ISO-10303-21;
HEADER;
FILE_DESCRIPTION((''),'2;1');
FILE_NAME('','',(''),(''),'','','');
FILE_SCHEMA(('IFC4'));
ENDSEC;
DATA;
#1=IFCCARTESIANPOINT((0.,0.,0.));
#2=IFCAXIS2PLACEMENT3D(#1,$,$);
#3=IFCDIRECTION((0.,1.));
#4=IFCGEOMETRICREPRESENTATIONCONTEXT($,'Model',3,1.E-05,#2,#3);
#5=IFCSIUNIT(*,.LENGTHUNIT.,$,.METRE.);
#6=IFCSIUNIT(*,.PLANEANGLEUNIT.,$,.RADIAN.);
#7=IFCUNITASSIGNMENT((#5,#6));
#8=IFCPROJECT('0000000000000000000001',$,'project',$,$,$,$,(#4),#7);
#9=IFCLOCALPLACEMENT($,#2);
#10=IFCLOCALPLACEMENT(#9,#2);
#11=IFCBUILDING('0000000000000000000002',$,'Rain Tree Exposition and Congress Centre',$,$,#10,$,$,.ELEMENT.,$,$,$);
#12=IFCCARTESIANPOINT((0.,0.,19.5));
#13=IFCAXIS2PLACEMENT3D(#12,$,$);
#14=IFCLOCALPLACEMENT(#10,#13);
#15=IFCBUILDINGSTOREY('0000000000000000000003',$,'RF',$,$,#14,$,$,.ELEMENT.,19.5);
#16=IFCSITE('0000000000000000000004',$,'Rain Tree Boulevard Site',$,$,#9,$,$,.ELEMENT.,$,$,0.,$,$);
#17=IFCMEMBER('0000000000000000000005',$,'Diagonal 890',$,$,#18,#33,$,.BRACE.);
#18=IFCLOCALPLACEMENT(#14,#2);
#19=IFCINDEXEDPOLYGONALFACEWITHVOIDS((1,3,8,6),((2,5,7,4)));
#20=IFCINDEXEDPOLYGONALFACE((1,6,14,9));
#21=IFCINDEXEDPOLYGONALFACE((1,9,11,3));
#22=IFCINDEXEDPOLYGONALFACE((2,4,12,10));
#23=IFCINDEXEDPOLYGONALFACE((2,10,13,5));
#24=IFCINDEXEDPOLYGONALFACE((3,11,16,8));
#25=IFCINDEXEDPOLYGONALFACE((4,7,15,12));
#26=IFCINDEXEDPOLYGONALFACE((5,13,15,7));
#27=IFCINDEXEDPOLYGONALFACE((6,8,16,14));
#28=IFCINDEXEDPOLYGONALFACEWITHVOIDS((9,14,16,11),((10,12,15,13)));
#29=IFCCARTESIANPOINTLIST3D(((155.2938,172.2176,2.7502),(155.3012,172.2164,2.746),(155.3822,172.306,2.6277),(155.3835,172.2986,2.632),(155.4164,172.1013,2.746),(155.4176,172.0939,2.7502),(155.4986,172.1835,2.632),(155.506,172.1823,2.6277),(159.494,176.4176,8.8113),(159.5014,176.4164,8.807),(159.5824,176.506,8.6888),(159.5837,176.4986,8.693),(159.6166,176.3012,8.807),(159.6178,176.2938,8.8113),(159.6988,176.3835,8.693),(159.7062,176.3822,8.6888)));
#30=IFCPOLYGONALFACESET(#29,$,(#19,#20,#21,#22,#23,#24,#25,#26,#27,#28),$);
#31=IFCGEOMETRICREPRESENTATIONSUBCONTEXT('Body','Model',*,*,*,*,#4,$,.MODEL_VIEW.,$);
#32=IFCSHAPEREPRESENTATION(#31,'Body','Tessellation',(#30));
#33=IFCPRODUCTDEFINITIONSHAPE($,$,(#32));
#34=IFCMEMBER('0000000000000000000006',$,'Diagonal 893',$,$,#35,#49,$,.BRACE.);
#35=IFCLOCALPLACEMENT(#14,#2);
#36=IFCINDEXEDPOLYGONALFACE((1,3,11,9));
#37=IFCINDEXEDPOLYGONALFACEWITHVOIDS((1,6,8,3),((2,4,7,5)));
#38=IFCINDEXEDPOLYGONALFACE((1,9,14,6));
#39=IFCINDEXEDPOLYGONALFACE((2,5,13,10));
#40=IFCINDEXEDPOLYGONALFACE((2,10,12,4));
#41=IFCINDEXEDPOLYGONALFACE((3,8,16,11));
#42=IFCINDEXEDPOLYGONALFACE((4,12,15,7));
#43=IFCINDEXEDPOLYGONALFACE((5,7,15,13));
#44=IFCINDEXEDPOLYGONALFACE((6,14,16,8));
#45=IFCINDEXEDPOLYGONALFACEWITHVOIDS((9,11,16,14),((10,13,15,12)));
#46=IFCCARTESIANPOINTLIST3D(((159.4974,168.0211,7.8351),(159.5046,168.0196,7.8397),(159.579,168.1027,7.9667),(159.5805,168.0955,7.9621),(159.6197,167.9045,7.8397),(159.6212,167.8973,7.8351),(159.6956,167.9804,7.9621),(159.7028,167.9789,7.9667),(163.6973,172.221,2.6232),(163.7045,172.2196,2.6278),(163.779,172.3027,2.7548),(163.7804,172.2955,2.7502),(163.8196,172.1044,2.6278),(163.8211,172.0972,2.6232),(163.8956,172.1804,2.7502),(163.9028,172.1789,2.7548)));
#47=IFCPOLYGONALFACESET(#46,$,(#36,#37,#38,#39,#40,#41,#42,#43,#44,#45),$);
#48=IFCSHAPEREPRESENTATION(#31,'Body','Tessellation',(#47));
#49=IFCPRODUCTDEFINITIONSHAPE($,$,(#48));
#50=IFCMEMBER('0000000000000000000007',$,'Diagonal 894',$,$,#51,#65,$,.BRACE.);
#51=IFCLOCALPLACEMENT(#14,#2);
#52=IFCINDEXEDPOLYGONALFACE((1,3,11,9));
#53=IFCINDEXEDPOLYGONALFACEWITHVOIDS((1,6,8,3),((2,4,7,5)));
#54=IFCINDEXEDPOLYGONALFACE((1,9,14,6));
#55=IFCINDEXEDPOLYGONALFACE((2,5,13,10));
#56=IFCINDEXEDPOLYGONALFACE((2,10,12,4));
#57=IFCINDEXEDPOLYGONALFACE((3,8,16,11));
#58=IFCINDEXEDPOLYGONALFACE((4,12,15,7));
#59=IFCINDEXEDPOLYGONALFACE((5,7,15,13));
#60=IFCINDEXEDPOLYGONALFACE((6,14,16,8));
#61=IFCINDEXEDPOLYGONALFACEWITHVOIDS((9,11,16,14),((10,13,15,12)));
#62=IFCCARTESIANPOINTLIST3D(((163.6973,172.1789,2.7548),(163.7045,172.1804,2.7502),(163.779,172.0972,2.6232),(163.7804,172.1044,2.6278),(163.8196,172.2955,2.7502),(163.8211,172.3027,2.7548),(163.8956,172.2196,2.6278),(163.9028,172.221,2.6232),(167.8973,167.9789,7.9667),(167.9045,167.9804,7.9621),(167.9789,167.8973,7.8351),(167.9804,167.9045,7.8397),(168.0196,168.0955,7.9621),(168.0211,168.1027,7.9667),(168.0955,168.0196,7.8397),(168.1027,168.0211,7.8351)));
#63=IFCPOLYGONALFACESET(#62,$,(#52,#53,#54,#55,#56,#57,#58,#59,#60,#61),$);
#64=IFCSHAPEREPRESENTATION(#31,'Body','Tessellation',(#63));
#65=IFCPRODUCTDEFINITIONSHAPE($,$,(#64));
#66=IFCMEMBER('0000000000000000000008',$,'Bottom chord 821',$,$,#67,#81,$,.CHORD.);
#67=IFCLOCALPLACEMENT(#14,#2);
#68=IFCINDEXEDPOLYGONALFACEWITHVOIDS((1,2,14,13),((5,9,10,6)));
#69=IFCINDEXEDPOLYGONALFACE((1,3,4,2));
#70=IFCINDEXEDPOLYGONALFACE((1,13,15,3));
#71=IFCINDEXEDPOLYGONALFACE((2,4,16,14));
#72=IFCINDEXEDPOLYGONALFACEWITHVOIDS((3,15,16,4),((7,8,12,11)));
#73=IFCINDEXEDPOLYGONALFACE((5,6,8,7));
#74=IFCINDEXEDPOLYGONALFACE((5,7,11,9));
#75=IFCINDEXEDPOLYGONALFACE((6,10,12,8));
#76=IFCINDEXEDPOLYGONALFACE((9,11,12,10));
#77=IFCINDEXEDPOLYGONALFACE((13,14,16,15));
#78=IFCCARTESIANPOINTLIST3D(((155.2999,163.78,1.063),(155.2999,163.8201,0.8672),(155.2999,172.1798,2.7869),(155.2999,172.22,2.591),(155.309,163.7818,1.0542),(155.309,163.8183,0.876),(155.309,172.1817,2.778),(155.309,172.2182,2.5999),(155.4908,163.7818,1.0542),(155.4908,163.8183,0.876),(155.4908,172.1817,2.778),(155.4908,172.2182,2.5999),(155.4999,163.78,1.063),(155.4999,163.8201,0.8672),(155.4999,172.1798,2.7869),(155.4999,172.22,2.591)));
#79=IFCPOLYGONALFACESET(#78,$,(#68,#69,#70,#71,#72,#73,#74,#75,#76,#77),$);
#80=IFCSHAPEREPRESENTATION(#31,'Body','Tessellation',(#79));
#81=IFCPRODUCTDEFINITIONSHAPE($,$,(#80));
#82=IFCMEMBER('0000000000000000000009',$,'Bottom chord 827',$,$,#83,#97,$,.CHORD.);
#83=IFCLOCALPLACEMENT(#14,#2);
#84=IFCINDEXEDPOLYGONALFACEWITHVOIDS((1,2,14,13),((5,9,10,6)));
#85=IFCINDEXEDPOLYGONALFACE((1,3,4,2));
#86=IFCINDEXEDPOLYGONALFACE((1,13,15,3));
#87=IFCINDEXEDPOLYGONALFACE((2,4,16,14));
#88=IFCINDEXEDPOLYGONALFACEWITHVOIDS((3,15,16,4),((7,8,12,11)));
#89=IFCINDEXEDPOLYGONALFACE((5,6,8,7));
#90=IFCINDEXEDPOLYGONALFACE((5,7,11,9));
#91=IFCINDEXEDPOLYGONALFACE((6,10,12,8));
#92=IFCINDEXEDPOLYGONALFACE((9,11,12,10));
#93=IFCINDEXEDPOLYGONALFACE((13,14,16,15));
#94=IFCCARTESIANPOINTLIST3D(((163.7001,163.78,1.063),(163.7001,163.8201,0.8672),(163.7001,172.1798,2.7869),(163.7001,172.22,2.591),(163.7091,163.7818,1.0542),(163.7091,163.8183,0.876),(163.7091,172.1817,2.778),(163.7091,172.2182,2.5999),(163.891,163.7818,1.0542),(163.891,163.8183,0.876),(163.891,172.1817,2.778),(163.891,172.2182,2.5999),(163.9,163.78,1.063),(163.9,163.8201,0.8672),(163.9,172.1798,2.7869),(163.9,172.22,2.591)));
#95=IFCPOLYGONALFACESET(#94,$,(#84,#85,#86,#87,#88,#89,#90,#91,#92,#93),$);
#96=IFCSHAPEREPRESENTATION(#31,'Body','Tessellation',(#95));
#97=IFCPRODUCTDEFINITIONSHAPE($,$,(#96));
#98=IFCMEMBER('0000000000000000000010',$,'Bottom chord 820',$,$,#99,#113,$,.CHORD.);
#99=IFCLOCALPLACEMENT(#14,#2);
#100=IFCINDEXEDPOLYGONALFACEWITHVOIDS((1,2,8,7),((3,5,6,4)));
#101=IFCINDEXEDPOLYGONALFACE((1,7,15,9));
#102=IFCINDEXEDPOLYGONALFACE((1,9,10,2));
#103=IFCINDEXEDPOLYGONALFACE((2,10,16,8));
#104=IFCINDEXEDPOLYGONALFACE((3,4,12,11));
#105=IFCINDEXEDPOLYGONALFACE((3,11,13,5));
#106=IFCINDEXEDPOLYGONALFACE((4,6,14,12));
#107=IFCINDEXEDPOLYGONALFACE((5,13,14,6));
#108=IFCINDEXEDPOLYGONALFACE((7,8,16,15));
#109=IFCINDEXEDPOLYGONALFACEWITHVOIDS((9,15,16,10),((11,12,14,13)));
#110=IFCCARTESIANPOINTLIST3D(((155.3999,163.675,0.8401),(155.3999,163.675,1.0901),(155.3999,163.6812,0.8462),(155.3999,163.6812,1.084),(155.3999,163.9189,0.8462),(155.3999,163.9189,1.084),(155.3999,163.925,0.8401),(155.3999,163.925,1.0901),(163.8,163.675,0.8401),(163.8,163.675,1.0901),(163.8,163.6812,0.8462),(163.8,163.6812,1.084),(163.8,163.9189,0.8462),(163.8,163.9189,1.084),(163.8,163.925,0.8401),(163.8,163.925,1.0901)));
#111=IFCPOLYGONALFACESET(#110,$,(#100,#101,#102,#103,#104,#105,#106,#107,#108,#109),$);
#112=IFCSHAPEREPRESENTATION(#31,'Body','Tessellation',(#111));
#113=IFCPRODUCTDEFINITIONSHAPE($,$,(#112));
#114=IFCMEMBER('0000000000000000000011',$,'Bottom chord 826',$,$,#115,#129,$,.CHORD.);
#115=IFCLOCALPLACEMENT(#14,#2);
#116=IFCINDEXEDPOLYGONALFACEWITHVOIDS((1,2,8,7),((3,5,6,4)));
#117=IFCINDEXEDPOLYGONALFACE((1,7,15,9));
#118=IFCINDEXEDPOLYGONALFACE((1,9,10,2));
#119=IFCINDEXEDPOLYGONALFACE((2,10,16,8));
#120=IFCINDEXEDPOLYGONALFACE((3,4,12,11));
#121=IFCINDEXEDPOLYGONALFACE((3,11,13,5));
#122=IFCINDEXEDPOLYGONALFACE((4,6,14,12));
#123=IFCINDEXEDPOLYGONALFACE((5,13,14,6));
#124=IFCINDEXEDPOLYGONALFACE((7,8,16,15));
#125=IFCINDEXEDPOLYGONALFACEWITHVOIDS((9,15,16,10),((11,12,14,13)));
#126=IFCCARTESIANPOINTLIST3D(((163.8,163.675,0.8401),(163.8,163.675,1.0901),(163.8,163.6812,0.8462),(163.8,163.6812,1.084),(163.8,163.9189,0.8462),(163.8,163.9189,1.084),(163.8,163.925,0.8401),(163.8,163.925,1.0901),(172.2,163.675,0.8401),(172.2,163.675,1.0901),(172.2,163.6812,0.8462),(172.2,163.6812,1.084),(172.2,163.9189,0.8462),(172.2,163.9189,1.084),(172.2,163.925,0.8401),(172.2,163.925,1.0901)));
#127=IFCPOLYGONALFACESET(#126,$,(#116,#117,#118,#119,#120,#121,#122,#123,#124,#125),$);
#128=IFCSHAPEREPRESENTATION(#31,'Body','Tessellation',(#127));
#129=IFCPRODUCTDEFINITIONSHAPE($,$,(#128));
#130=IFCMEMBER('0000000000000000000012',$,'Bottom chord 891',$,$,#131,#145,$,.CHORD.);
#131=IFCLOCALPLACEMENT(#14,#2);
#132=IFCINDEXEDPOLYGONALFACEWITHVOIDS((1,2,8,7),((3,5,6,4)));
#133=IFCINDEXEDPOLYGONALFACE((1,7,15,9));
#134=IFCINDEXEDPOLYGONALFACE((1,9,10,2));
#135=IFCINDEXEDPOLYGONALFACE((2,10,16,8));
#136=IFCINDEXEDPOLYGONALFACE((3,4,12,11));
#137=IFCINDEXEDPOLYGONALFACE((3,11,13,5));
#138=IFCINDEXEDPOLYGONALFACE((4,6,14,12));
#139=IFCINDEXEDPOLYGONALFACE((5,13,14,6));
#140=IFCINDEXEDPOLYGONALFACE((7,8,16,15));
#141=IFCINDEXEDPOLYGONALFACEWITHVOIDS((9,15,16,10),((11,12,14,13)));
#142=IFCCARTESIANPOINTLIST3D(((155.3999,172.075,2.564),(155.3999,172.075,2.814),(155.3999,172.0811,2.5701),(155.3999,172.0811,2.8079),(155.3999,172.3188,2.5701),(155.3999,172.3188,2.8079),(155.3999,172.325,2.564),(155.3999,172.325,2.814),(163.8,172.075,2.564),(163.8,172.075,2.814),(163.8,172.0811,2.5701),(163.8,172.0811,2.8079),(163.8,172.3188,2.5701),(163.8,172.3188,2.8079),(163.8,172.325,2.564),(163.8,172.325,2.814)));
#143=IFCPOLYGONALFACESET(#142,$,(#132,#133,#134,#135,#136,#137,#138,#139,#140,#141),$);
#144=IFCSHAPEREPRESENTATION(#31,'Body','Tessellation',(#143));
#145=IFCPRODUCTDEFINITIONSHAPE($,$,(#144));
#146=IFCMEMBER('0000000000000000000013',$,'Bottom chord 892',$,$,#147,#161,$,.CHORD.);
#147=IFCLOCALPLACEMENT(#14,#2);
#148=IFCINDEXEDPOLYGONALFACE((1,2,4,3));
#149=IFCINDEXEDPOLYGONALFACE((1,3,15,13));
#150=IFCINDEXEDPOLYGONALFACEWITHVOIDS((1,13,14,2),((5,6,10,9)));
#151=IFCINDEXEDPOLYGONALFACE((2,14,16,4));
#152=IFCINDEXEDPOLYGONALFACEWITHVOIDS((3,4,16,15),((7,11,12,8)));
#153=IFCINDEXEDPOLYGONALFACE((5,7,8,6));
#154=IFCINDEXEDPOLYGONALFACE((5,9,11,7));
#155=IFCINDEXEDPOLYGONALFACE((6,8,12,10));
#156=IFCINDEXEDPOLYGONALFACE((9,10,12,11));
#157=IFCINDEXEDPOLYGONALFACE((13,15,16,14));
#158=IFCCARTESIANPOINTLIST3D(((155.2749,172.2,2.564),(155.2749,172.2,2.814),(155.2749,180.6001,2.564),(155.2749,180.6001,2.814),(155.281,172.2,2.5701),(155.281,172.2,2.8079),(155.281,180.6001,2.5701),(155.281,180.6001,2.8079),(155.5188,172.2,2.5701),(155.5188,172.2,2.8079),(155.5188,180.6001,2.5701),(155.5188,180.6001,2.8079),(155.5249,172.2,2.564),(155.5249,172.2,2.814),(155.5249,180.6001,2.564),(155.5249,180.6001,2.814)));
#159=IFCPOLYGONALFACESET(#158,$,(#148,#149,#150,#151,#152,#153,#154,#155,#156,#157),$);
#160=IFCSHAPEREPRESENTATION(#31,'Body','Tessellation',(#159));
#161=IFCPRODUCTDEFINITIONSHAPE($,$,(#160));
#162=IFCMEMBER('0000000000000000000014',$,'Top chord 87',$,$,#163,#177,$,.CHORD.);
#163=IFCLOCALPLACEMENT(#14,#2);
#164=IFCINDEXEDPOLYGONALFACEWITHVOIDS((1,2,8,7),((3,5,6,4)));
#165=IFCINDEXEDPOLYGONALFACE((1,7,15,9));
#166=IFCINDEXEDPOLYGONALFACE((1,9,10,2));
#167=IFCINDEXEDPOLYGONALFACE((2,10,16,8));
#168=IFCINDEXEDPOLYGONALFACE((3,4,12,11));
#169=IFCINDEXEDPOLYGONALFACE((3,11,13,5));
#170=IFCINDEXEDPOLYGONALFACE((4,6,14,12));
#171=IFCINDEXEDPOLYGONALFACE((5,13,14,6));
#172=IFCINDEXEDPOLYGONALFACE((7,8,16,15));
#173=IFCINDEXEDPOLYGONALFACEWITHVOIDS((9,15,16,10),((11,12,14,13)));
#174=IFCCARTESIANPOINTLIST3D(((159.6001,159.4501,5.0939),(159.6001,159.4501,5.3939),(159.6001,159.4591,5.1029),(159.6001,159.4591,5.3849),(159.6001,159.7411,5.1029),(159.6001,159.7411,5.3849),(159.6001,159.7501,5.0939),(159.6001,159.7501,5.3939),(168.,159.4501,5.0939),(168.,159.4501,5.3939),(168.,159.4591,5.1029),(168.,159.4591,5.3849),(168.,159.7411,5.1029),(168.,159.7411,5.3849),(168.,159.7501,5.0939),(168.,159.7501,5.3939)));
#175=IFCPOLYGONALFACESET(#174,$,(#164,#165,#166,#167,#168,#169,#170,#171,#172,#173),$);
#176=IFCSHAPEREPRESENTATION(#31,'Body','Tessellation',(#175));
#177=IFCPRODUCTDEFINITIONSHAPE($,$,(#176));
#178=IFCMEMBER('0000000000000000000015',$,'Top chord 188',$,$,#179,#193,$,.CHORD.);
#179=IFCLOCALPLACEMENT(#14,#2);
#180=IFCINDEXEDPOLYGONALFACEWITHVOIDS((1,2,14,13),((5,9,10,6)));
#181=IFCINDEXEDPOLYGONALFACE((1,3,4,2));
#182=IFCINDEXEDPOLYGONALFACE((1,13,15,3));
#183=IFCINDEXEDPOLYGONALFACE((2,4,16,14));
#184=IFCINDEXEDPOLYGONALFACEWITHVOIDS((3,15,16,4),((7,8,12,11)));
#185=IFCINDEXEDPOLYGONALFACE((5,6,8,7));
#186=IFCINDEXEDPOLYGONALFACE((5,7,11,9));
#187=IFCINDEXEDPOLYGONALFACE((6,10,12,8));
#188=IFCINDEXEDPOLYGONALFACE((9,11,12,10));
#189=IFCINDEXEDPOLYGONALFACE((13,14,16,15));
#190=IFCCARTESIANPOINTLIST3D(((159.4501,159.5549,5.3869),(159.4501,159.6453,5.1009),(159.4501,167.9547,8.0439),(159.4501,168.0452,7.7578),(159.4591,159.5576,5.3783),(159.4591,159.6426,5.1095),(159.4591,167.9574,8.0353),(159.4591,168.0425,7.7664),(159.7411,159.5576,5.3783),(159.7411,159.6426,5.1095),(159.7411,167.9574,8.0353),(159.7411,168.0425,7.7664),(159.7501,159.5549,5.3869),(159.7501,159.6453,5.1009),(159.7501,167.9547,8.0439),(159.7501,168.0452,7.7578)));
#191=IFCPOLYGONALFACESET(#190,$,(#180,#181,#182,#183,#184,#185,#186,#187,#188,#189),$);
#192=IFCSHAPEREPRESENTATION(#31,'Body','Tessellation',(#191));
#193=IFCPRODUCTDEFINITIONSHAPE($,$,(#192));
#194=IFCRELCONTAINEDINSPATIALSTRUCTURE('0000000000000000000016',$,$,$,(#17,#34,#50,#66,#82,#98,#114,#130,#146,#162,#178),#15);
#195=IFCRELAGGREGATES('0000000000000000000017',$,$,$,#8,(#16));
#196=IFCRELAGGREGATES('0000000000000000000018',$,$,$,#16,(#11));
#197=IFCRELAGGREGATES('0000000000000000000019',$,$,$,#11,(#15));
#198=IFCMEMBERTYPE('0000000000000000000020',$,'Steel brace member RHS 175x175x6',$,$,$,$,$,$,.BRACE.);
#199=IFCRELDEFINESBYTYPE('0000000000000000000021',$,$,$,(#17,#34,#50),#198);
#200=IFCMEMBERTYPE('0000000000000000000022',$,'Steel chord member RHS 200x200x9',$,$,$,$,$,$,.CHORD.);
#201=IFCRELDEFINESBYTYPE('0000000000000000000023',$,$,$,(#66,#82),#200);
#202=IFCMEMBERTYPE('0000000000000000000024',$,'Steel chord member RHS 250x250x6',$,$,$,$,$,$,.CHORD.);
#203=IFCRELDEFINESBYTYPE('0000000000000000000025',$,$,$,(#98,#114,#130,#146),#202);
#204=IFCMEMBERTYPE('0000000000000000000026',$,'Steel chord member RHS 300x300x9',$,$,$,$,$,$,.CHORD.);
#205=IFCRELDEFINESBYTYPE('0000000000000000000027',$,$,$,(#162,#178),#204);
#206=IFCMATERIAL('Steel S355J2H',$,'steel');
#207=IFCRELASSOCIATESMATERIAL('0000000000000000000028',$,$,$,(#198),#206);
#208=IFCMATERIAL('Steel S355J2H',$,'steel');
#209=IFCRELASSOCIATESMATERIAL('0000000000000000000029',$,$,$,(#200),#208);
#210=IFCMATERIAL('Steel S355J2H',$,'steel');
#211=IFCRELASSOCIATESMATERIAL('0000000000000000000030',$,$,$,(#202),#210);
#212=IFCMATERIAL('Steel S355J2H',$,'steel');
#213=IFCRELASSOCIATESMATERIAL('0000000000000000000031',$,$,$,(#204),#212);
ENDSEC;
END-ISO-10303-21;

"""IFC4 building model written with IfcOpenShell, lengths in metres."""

from ifc_helpers import new_model, si_unit, direction, frame, origin, origin_2d, place, context, subcontext, project, spatial, hollow_rectangle, extrude, material, material_profile, profile_set, type_object, element, save


model = new_model("IFC4")

# Units and contexts
model_context = context("Model", 3, precision=1e-05, world=origin(), true_north=direction((0.0, 1.0)))
body_context = subcontext(model_context, "Body", "Model", "MODEL_VIEW")
ifc_project = project(units=[si_unit("LENGTHUNIT", "METRE"), si_unit("PLANEANGLEUNIT", "RADIAN")], contexts=[model_context])

# Site, building, storey
site_placement = place(None, origin())
site = spatial("IfcSite", under=ifc_project, at=site_placement, Name="Rain Tree Boulevard Site", CompositionType="ELEMENT", RefElevation=0.0)
building_placement = place(site_placement, origin())
building = spatial("IfcBuilding", under=site, at=building_placement, Name="Rain Tree Exposition and Congress Centre", CompositionType="ELEMENT")
storey_placement = place(building_placement, frame((0.0, 0.0, 19.5)))
storey = spatial("IfcBuildingStorey", under=building, at=storey_placement, Name="RF", CompositionType="ELEMENT", Elevation=19.5)

# Members
ifc_material_1 = material(Name="Steel S355J2H", Category="steel")
ifc_material_profile_1 = material_profile(ifc_material_1, hollow_rectangle(XDim=0.175, YDim=0.175, WallThickness=0.0061, at=origin_2d()), Name="RHS 175x175x6")
ifc_profile_set_1 = profile_set([ifc_material_profile_1], Name="Steel S355J2H")
member_type_1 = type_object("IfcMemberType", Name="Steel brace member RHS 175x175x6", PredefinedType="BRACE", material=ifc_profile_set_1)
member_1_placement = place(storey_placement, frame((155.3999, 172.2, 2.689), z_axis=(0.494938, 0.494909, 0.714214), x_axis=(-0.707086, 0.707127, 0.0)))
element("IfcMember", 1, at=member_1_placement, inside=storey, type_object=member_type_1, Name="Diagonal 890", PredefinedType="BRACE", context=body_context, shape_type="SweptSolid", body=[
    extrude(hollow_rectangle(XDim=0.175, YDim=0.175, WallThickness=0.0061, at=origin_2d()), origin(), (0.0, 0.0, 1.0), 8.4863),
])
for number, where, z_axis, x_axis, name in (
    (2, (163.8, 172.2, 2.689), (-0.531498, -0.531498, 0.65956), (0.707107, -0.707107, 0.0), "Diagonal 893"),
    (3, (163.8, 172.2, 2.689), (0.531498, -0.531498, 0.65956), (0.707107, 0.707107, 0.0), "Diagonal 894"),
):
    element("IfcMember", number, at=place(storey_placement, frame(where, z_axis=z_axis, x_axis=x_axis)), inside=storey, type_object=member_type_1, Name=name, PredefinedType="BRACE", context=body_context, shape_type="SweptSolid", body=[
        extrude(hollow_rectangle(XDim=0.175, YDim=0.175, WallThickness=0.0061, at=origin_2d()), origin(), (0.0, 0.0, 1.0), 7.9021),
    ])
ifc_material_2 = material(Name="Steel S355J2H", Category="steel")
ifc_material_profile_2 = material_profile(ifc_material_2, hollow_rectangle(XDim=0.2, YDim=0.2, WallThickness=0.009, at=origin_2d()), Name="RHS 200x200x9")
ifc_profile_set_2 = profile_set([ifc_material_profile_2], Name="Steel S355J2H")
member_type_2 = type_object("IfcMemberType", Name="Steel chord member RHS 200x200x9", PredefinedType="CHORD", material=ifc_profile_set_2)
for number, where, z_axis, x_axis, name in (
    (4, (155.3999, 163.8, 0.9651), (0.0, 0.979584, 0.201036), (-1.0, 0.0, 0.0), "Bottom chord 821"),
    (5, (163.8, 163.8, 0.9651), (0.0, 0.979584, 0.201036), (-1.0, 0.0, 0.0), "Bottom chord 827"),
):
    element("IfcMember", number, at=place(storey_placement, frame(where, z_axis=z_axis, x_axis=x_axis)), inside=storey, type_object=member_type_2, Name=name, PredefinedType="CHORD", context=body_context, shape_type="SweptSolid", body=[
        extrude(hollow_rectangle(XDim=0.2, YDim=0.2, WallThickness=0.009, at=origin_2d()), origin(), (0.0, 0.0, 1.0), 8.575),
    ])
ifc_material_3 = material(Name="Steel S355J2H", Category="steel")
ifc_material_profile_3 = material_profile(ifc_material_3, hollow_rectangle(XDim=0.25, YDim=0.25, WallThickness=0.0061, at=origin_2d()), Name="RHS 250x250x6")
ifc_profile_set_3 = profile_set([ifc_material_profile_3], Name="Steel S355J2H")
member_type_3 = type_object("IfcMemberType", Name="Steel chord member RHS 250x250x6", PredefinedType="CHORD", material=ifc_profile_set_3)
member_2_placement = place(storey_placement, frame((155.3999, 163.8, 0.9651), z_axis=(1.0, 0.0, 0.0), x_axis=(0.0, 1.0, 0.0)))
element("IfcMember", 6, at=member_2_placement, inside=storey, type_object=member_type_3, Name="Bottom chord 820", PredefinedType="CHORD", context=body_context, shape_type="SweptSolid", body=[
    extrude(hollow_rectangle(XDim=0.25, YDim=0.25, WallThickness=0.0061, at=origin_2d()), origin(), (0.0, 0.0, 1.0), 8.4001),
])
member_3_placement = place(storey_placement, frame((163.8, 163.8, 0.9651), z_axis=(1.0, 0.0, 0.0), x_axis=(0.0, 1.0, 0.0)))
element("IfcMember", 7, at=member_3_placement, inside=storey, type_object=member_type_3, Name="Bottom chord 826", PredefinedType="CHORD", context=body_context, shape_type="SweptSolid", body=[
    extrude(hollow_rectangle(XDim=0.25, YDim=0.25, WallThickness=0.0061, at=origin_2d()), origin(), (0.0, 0.0, 1.0), 8.3999),
])
for number, where, z_axis, x_axis, name in (
    (8, (155.3999, 172.2, 2.689), (1.0, 0.0, 0.0), (0.0, 1.0, 0.0), "Bottom chord 891"),
    (9, (155.3999, 172.2, 2.689), (0.0, 1.0, 0.0), (-1.0, 0.0, 0.0), "Bottom chord 892"),
):
    element("IfcMember", number, at=place(storey_placement, frame(where, z_axis=z_axis, x_axis=x_axis)), inside=storey, type_object=member_type_3, Name=name, PredefinedType="CHORD", context=body_context, shape_type="SweptSolid", body=[
        extrude(hollow_rectangle(XDim=0.25, YDim=0.25, WallThickness=0.0061, at=origin_2d()), origin(), (0.0, 0.0, 1.0), 8.4001),
    ])
ifc_material_4 = material(Name="Steel S355J2H", Category="steel")
ifc_material_profile_4 = material_profile(ifc_material_4, hollow_rectangle(XDim=0.3, YDim=0.3, WallThickness=0.009, at=origin_2d()), Name="RHS 300x300x9")
ifc_profile_set_4 = profile_set([ifc_material_profile_4], Name="Steel S355J2H")
member_type_4 = type_object("IfcMemberType", Name="Steel chord member RHS 300x300x9", PredefinedType="CHORD", material=ifc_profile_set_4)
member_4_placement = place(storey_placement, frame((159.6001, 159.6001, 5.2439), z_axis=(1.0, 0.0, 0.0), x_axis=(0.0, 1.0, 0.0)))
element("IfcMember", 10, at=member_4_placement, inside=storey, type_object=member_type_4, Name="Top chord 87", PredefinedType="CHORD", context=body_context, shape_type="SweptSolid", body=[
    extrude(hollow_rectangle(XDim=0.3, YDim=0.3, WallThickness=0.009, at=origin_2d()), origin(), (0.0, 0.0, 1.0), 8.3999),
])
member_5_placement = place(storey_placement, frame((159.6001, 159.6001, 5.2439), z_axis=(0.0, 0.95344, 0.301584), x_axis=(-1.0, 0.0, 0.0)))
element("IfcMember", 11, at=member_5_placement, inside=storey, type_object=member_type_4, Name="Top chord 188", PredefinedType="CHORD", context=body_context, shape_type="SweptSolid", body=[
    extrude(hollow_rectangle(XDim=0.3, YDim=0.3, WallThickness=0.009, at=origin_2d()), origin(), (0.0, 0.0, 1.0), 8.8101),
])

save(model, "model.ifc")
